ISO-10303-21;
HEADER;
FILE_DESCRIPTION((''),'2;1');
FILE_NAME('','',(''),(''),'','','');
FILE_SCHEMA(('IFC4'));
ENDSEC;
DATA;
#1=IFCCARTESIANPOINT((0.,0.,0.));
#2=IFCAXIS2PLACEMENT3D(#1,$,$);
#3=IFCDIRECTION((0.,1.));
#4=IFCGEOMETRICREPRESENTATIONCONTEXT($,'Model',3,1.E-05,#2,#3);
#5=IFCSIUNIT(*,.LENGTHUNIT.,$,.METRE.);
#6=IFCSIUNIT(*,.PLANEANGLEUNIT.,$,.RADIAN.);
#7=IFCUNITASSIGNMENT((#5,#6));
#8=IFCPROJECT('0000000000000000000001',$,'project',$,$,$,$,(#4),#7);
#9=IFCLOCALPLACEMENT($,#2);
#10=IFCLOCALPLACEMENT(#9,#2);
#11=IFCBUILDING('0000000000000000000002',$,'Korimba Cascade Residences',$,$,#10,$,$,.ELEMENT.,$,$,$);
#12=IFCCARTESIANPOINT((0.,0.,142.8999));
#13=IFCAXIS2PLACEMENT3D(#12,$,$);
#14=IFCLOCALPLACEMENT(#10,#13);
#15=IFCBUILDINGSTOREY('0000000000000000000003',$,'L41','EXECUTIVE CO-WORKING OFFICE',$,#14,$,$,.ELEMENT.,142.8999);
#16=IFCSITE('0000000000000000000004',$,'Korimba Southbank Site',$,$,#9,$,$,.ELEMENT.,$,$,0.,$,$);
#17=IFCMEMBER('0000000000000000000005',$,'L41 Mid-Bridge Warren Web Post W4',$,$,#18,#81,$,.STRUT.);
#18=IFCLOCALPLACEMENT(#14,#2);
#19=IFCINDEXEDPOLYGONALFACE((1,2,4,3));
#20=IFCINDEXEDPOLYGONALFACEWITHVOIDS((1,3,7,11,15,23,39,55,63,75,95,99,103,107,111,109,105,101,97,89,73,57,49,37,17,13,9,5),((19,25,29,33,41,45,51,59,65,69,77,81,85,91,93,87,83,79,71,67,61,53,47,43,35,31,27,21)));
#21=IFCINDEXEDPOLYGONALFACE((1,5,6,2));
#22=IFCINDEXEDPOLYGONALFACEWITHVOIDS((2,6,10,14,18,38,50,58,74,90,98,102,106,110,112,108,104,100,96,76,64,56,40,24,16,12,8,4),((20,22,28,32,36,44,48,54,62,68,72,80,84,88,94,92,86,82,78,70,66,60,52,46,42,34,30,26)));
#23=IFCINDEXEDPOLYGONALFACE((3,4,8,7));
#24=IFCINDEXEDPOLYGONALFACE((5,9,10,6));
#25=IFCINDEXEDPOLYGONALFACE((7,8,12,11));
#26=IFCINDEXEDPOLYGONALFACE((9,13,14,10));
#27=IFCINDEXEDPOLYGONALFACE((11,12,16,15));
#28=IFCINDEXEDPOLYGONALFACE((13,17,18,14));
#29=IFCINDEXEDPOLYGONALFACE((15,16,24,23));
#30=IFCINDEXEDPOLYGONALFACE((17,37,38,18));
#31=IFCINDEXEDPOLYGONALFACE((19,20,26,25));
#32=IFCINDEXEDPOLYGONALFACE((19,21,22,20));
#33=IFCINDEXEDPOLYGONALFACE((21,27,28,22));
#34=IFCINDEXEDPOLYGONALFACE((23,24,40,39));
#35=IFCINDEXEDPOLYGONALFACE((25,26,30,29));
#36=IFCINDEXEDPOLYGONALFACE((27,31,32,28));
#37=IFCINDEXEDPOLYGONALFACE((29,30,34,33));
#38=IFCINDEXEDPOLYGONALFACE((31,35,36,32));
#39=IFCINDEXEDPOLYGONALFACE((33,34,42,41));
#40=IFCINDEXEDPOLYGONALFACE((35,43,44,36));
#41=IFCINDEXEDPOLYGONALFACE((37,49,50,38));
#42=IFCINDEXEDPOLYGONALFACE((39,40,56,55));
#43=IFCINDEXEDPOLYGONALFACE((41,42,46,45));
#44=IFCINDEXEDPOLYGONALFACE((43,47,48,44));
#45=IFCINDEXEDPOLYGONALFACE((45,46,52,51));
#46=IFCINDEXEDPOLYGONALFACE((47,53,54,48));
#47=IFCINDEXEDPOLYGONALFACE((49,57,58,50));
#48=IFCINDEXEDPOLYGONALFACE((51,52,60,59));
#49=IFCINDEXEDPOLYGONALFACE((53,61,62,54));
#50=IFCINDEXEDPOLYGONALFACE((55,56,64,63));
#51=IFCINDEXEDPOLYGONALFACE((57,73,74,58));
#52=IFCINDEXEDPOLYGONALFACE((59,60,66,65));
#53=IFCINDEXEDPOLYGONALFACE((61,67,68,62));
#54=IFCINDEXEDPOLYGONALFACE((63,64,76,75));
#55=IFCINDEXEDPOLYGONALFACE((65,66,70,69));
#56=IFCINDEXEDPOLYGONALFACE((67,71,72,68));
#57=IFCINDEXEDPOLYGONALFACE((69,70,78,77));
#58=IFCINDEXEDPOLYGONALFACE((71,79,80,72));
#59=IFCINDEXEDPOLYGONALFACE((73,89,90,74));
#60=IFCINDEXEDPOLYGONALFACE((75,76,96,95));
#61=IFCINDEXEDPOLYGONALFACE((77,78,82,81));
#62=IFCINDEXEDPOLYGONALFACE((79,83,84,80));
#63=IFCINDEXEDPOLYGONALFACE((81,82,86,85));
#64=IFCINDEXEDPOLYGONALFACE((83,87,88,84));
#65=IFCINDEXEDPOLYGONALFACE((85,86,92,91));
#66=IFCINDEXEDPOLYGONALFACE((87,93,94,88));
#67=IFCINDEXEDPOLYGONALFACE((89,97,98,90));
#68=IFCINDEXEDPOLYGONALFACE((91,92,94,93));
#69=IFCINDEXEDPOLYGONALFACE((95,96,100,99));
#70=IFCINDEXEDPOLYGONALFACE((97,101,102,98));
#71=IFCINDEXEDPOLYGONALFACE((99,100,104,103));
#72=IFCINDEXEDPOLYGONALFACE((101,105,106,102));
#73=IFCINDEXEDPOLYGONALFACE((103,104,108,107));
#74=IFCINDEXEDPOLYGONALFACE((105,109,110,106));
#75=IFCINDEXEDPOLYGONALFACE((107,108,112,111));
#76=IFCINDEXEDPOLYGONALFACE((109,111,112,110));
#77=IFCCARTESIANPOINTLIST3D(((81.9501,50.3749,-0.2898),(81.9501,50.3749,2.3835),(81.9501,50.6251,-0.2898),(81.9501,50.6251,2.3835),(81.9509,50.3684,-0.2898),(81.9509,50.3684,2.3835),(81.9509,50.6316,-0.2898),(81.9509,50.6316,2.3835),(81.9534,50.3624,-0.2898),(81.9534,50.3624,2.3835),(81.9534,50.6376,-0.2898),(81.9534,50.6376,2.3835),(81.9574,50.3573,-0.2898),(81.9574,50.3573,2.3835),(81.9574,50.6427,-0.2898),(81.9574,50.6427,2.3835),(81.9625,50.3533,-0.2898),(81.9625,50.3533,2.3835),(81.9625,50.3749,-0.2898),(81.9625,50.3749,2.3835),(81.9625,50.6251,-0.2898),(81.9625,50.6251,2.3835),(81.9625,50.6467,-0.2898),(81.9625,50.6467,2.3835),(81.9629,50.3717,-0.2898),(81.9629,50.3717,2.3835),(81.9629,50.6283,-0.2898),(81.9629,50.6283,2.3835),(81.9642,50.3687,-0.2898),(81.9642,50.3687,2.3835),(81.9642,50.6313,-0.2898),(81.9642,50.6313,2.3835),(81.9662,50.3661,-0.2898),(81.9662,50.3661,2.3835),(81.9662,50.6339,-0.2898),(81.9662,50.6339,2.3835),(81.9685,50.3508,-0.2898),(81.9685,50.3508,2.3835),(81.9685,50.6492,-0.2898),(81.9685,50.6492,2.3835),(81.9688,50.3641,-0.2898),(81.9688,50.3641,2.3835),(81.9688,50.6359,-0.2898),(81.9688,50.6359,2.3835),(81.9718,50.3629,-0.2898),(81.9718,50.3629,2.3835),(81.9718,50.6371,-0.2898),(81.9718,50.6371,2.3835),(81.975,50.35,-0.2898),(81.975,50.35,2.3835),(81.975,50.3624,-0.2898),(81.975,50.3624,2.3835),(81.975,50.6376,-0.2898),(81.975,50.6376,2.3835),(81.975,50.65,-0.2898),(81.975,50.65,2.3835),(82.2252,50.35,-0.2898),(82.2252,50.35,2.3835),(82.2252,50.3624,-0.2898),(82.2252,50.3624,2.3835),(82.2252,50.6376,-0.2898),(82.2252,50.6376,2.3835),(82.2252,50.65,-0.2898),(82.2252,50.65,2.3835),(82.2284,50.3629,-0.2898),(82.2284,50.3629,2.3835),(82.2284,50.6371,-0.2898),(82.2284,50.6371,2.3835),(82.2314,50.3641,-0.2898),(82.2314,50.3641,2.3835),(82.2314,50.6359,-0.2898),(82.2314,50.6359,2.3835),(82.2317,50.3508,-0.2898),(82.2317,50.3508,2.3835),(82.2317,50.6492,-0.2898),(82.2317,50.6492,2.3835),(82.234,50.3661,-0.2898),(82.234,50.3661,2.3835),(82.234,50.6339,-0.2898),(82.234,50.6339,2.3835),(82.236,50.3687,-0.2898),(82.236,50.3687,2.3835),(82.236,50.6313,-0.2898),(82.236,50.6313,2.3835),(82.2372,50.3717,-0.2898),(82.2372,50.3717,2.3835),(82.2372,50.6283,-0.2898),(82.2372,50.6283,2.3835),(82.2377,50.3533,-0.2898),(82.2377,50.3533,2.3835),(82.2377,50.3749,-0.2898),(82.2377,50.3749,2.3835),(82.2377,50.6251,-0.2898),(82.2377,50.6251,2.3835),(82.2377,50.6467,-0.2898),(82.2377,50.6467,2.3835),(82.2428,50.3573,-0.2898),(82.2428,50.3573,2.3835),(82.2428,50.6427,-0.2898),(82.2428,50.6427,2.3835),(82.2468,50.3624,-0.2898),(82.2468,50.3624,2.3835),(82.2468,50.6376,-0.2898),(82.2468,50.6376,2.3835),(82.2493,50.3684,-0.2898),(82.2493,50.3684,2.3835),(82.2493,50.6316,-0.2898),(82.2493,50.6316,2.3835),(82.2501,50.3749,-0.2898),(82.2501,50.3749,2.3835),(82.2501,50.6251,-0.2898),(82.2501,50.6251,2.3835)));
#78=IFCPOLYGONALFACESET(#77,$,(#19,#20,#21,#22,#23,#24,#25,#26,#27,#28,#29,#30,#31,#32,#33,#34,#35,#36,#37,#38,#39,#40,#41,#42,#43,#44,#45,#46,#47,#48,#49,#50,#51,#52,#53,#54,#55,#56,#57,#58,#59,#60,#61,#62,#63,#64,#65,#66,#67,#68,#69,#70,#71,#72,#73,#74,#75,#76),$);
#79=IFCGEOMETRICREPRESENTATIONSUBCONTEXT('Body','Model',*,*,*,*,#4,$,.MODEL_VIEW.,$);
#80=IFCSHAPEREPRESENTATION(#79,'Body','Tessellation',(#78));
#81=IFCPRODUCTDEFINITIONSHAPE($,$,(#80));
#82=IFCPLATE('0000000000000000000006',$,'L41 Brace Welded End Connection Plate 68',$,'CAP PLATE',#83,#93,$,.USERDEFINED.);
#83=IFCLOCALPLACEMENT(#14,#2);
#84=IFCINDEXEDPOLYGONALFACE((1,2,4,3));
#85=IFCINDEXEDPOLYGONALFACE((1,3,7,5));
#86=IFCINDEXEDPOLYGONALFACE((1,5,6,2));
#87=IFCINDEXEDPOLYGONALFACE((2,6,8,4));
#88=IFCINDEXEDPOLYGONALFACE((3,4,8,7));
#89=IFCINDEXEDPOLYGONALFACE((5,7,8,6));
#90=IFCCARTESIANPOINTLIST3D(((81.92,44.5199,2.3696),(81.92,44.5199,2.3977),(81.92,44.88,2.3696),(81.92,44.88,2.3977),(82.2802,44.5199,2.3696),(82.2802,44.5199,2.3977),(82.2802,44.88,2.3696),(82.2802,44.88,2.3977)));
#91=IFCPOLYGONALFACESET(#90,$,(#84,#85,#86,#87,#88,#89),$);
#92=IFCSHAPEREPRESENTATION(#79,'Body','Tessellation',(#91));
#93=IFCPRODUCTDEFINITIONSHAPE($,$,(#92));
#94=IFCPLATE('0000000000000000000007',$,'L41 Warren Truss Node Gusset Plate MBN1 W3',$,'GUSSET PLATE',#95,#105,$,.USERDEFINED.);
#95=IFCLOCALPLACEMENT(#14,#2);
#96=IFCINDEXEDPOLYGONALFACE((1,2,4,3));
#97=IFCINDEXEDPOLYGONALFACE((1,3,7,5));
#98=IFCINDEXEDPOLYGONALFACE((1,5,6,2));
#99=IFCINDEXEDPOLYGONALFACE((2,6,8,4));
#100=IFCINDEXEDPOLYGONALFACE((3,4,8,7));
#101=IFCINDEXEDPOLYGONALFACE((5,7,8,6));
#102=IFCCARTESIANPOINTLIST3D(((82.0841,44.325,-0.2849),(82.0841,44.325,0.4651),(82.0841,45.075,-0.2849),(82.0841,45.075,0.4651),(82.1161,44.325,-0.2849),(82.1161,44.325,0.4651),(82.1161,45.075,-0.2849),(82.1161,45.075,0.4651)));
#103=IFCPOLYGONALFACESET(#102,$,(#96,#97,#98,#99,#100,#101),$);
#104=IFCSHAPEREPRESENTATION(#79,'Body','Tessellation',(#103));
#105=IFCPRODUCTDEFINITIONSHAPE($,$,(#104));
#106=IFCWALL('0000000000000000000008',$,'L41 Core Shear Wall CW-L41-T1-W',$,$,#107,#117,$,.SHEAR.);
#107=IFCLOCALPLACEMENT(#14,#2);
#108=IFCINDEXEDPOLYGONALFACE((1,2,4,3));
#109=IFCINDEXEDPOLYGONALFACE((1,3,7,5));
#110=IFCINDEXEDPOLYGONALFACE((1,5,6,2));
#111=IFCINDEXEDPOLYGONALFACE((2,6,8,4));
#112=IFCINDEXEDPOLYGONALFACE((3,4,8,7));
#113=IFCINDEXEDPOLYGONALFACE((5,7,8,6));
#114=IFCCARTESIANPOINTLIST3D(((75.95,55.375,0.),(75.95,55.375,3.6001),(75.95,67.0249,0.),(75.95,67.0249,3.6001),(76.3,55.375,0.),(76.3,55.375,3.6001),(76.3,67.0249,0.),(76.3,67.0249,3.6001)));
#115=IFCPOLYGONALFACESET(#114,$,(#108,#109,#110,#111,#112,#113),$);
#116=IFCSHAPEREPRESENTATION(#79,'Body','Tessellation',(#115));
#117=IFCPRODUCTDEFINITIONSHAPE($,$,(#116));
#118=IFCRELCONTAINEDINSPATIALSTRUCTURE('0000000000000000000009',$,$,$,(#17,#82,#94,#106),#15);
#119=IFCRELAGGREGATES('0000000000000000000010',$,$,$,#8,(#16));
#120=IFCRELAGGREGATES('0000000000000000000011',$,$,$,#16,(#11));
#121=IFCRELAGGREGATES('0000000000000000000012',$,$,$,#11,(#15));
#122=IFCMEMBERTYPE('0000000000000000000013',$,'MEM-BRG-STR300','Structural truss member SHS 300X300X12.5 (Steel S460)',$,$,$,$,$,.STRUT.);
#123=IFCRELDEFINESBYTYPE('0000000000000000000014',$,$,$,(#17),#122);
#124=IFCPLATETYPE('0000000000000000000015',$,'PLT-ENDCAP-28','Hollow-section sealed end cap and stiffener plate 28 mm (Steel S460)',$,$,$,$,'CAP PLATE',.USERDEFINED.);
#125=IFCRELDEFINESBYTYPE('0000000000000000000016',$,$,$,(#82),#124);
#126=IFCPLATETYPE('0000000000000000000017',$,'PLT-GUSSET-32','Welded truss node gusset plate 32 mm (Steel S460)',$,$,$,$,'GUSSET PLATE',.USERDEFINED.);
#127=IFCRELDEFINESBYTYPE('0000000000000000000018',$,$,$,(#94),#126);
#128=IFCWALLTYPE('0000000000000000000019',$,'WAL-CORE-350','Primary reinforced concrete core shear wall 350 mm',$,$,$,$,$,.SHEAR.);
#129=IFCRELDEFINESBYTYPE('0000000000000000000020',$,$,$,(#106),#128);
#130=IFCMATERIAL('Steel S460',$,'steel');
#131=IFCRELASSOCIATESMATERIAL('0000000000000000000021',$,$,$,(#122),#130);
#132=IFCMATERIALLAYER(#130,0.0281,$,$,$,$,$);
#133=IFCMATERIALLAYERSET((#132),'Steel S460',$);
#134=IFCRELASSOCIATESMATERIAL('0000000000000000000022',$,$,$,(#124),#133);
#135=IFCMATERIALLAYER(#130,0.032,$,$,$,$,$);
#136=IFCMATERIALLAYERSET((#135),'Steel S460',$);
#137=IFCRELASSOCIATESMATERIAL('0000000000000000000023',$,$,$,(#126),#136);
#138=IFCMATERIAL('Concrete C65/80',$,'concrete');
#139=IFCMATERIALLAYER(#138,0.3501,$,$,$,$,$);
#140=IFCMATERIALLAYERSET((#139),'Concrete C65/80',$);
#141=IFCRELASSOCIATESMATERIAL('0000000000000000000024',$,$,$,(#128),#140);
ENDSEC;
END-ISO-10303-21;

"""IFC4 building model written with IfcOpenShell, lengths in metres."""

from ifc_helpers import new_model, si_unit, direction, frame, frame_2d, origin, origin_2d, place, context, subcontext, project, spatial, rectangle, hollow_rectangle, extrude, material, layer, layer_set, material_profile, profile_set, type_object, element, save


model = new_model("IFC4")

# Units and contexts
model_context = context("Model", 3, precision=1e-05, world=origin(), true_north=direction((0.0, 1.0)))
body_context = subcontext(model_context, "Body", "Model", "MODEL_VIEW")
ifc_project = project(units=[si_unit("LENGTHUNIT", "METRE"), si_unit("PLANEANGLEUNIT", "RADIAN")], contexts=[model_context])

# Site, building, storey
site_placement = place(None, origin())
site = spatial("IfcSite", under=ifc_project, at=site_placement, Name="Korimba Southbank Site", CompositionType="ELEMENT", RefElevation=0.0)
building_placement = place(site_placement, origin())
building = spatial("IfcBuilding", under=site, at=building_placement, Name="Korimba Cascade Residences", CompositionType="ELEMENT")
storey_placement = place(building_placement, frame((0.0, 0.0, 142.8999)))
storey = spatial("IfcBuildingStorey", under=building, at=storey_placement, Name="L41", Description="EXECUTIVE CO-WORKING OFFICE", CompositionType="ELEMENT", Elevation=142.8999)

# Shared definitions
ifc_material_1 = material(Name="Steel S460", Category="steel")

# Member
ifc_material_profile_1 = material_profile(ifc_material_1, hollow_rectangle(XDim=0.3, YDim=0.3, WallThickness=0.0125, InnerFilletRadius=0.0125, OuterFilletRadius=0.0249, at=origin_2d()), Name="Steel S460")
ifc_profile_set_1 = profile_set([ifc_material_profile_1], Name="Steel S460")
member_type_1 = type_object("IfcMemberType", Name="MEM-BRG-STR300", Description="Structural truss member SHS 300X300X12.5 (Steel S460)", PredefinedType="STRUT", material=ifc_profile_set_1)
for number, where, z_axis, x_axis, name in (
    (1, (82.1001, 50.5, -0.2898), (0.0, 0.0, 1.0), (1.0, 0.0, 0.0), "L41 Mid-Bridge Warren Web Post W4"),
):
    element("IfcMember", number, at=place(storey_placement, frame(where, z_axis=z_axis, x_axis=x_axis)), inside=storey, type_object=member_type_1, Name=name, PredefinedType="STRUT", context=body_context, shape_type="SweptSolid", body=[
        extrude(hollow_rectangle(XDim=0.3, YDim=0.3, WallThickness=0.0125, InnerFilletRadius=0.0125, OuterFilletRadius=0.0249, at=origin_2d()), origin(), (0.0, 0.0, 1.0), 2.6733),
    ])

# Plates
ifc_layer_1 = layer(ifc_material_1, 0.0281)
ifc_layer_set_1 = layer_set([ifc_layer_1], Name="Steel S460")
plate_type_1 = type_object("IfcPlateType", Name="PLT-ENDCAP-28", Description="Hollow-section sealed end cap and stiffener plate 28 mm (Steel S460)", ElementType="CAP PLATE", PredefinedType="USERDEFINED", material=ifc_layer_set_1)
plate_1_placement = place(storey_placement, frame((82.1001, 44.7, 2.3696), z_axis=(0.0, 0.0, 1.0), x_axis=(1.0, 0.0, 0.0)))
element("IfcPlate", 2, at=plate_1_placement, inside=storey, type_object=plate_type_1, Name="L41 Brace Welded End Connection Plate 68", ObjectType="CAP PLATE", PredefinedType="USERDEFINED", context=body_context, shape_type="SweptSolid", body=[
    extrude(rectangle(XDim=0.3601, YDim=0.3601, at=origin_2d()), origin(), (0.0, 0.0, 1.0), 0.0281),
])
ifc_layer_2 = layer(ifc_material_1, 0.032)
ifc_layer_set_2 = layer_set([ifc_layer_2], Name="Steel S460")
plate_type_2 = type_object("IfcPlateType", Name="PLT-GUSSET-32", Description="Welded truss node gusset plate 32 mm (Steel S460)", ElementType="GUSSET PLATE", PredefinedType="USERDEFINED", material=ifc_layer_set_2)
plate_2_placement = place(storey_placement, frame((82.1001, 44.7, -0.2849), z_axis=(0.0, 0.0, 1.0), x_axis=(1.0, 0.0, 0.0)))
element("IfcPlate", 3, at=plate_2_placement, inside=storey, type_object=plate_type_2, Name="L41 Warren Truss Node Gusset Plate MBN1 W3", ObjectType="GUSSET PLATE", PredefinedType="USERDEFINED", context=body_context, shape_type="SweptSolid", body=[
    extrude(rectangle(XDim=0.032, YDim=0.75, at=origin_2d()), origin(), (0.0, 0.0, 1.0), 0.75),
])

# Wall
ifc_material_2 = material(Name="Concrete C65/80", Category="concrete")
ifc_layer_3 = layer(ifc_material_2, 0.3501)
ifc_layer_set_3 = layer_set([ifc_layer_3], Name="Concrete C65/80")
wall_type_1 = type_object("IfcWallType", Name="WAL-CORE-350", Description="Primary reinforced concrete core shear wall 350 mm", PredefinedType="SHEAR", material=ifc_layer_set_3)
wall_1_placement = place(storey_placement, frame((76.125, 55.375, 0.0), z_axis=(0.0, 0.0, 1.0), x_axis=(0.0, 1.0, 0.0)))
element("IfcWall", 4, at=wall_1_placement, inside=storey, type_object=wall_type_1, Name="L41 Core Shear Wall CW-L41-T1-W", PredefinedType="SHEAR", context=body_context, shape_type="SweptSolid", body=[
    extrude(rectangle(XDim=11.6499, YDim=0.3501, at=frame_2d((5.825, 0.0))), origin(), (0.0, 0.0, 1.0), 3.6001),
])

save(model, "model.ifc")
